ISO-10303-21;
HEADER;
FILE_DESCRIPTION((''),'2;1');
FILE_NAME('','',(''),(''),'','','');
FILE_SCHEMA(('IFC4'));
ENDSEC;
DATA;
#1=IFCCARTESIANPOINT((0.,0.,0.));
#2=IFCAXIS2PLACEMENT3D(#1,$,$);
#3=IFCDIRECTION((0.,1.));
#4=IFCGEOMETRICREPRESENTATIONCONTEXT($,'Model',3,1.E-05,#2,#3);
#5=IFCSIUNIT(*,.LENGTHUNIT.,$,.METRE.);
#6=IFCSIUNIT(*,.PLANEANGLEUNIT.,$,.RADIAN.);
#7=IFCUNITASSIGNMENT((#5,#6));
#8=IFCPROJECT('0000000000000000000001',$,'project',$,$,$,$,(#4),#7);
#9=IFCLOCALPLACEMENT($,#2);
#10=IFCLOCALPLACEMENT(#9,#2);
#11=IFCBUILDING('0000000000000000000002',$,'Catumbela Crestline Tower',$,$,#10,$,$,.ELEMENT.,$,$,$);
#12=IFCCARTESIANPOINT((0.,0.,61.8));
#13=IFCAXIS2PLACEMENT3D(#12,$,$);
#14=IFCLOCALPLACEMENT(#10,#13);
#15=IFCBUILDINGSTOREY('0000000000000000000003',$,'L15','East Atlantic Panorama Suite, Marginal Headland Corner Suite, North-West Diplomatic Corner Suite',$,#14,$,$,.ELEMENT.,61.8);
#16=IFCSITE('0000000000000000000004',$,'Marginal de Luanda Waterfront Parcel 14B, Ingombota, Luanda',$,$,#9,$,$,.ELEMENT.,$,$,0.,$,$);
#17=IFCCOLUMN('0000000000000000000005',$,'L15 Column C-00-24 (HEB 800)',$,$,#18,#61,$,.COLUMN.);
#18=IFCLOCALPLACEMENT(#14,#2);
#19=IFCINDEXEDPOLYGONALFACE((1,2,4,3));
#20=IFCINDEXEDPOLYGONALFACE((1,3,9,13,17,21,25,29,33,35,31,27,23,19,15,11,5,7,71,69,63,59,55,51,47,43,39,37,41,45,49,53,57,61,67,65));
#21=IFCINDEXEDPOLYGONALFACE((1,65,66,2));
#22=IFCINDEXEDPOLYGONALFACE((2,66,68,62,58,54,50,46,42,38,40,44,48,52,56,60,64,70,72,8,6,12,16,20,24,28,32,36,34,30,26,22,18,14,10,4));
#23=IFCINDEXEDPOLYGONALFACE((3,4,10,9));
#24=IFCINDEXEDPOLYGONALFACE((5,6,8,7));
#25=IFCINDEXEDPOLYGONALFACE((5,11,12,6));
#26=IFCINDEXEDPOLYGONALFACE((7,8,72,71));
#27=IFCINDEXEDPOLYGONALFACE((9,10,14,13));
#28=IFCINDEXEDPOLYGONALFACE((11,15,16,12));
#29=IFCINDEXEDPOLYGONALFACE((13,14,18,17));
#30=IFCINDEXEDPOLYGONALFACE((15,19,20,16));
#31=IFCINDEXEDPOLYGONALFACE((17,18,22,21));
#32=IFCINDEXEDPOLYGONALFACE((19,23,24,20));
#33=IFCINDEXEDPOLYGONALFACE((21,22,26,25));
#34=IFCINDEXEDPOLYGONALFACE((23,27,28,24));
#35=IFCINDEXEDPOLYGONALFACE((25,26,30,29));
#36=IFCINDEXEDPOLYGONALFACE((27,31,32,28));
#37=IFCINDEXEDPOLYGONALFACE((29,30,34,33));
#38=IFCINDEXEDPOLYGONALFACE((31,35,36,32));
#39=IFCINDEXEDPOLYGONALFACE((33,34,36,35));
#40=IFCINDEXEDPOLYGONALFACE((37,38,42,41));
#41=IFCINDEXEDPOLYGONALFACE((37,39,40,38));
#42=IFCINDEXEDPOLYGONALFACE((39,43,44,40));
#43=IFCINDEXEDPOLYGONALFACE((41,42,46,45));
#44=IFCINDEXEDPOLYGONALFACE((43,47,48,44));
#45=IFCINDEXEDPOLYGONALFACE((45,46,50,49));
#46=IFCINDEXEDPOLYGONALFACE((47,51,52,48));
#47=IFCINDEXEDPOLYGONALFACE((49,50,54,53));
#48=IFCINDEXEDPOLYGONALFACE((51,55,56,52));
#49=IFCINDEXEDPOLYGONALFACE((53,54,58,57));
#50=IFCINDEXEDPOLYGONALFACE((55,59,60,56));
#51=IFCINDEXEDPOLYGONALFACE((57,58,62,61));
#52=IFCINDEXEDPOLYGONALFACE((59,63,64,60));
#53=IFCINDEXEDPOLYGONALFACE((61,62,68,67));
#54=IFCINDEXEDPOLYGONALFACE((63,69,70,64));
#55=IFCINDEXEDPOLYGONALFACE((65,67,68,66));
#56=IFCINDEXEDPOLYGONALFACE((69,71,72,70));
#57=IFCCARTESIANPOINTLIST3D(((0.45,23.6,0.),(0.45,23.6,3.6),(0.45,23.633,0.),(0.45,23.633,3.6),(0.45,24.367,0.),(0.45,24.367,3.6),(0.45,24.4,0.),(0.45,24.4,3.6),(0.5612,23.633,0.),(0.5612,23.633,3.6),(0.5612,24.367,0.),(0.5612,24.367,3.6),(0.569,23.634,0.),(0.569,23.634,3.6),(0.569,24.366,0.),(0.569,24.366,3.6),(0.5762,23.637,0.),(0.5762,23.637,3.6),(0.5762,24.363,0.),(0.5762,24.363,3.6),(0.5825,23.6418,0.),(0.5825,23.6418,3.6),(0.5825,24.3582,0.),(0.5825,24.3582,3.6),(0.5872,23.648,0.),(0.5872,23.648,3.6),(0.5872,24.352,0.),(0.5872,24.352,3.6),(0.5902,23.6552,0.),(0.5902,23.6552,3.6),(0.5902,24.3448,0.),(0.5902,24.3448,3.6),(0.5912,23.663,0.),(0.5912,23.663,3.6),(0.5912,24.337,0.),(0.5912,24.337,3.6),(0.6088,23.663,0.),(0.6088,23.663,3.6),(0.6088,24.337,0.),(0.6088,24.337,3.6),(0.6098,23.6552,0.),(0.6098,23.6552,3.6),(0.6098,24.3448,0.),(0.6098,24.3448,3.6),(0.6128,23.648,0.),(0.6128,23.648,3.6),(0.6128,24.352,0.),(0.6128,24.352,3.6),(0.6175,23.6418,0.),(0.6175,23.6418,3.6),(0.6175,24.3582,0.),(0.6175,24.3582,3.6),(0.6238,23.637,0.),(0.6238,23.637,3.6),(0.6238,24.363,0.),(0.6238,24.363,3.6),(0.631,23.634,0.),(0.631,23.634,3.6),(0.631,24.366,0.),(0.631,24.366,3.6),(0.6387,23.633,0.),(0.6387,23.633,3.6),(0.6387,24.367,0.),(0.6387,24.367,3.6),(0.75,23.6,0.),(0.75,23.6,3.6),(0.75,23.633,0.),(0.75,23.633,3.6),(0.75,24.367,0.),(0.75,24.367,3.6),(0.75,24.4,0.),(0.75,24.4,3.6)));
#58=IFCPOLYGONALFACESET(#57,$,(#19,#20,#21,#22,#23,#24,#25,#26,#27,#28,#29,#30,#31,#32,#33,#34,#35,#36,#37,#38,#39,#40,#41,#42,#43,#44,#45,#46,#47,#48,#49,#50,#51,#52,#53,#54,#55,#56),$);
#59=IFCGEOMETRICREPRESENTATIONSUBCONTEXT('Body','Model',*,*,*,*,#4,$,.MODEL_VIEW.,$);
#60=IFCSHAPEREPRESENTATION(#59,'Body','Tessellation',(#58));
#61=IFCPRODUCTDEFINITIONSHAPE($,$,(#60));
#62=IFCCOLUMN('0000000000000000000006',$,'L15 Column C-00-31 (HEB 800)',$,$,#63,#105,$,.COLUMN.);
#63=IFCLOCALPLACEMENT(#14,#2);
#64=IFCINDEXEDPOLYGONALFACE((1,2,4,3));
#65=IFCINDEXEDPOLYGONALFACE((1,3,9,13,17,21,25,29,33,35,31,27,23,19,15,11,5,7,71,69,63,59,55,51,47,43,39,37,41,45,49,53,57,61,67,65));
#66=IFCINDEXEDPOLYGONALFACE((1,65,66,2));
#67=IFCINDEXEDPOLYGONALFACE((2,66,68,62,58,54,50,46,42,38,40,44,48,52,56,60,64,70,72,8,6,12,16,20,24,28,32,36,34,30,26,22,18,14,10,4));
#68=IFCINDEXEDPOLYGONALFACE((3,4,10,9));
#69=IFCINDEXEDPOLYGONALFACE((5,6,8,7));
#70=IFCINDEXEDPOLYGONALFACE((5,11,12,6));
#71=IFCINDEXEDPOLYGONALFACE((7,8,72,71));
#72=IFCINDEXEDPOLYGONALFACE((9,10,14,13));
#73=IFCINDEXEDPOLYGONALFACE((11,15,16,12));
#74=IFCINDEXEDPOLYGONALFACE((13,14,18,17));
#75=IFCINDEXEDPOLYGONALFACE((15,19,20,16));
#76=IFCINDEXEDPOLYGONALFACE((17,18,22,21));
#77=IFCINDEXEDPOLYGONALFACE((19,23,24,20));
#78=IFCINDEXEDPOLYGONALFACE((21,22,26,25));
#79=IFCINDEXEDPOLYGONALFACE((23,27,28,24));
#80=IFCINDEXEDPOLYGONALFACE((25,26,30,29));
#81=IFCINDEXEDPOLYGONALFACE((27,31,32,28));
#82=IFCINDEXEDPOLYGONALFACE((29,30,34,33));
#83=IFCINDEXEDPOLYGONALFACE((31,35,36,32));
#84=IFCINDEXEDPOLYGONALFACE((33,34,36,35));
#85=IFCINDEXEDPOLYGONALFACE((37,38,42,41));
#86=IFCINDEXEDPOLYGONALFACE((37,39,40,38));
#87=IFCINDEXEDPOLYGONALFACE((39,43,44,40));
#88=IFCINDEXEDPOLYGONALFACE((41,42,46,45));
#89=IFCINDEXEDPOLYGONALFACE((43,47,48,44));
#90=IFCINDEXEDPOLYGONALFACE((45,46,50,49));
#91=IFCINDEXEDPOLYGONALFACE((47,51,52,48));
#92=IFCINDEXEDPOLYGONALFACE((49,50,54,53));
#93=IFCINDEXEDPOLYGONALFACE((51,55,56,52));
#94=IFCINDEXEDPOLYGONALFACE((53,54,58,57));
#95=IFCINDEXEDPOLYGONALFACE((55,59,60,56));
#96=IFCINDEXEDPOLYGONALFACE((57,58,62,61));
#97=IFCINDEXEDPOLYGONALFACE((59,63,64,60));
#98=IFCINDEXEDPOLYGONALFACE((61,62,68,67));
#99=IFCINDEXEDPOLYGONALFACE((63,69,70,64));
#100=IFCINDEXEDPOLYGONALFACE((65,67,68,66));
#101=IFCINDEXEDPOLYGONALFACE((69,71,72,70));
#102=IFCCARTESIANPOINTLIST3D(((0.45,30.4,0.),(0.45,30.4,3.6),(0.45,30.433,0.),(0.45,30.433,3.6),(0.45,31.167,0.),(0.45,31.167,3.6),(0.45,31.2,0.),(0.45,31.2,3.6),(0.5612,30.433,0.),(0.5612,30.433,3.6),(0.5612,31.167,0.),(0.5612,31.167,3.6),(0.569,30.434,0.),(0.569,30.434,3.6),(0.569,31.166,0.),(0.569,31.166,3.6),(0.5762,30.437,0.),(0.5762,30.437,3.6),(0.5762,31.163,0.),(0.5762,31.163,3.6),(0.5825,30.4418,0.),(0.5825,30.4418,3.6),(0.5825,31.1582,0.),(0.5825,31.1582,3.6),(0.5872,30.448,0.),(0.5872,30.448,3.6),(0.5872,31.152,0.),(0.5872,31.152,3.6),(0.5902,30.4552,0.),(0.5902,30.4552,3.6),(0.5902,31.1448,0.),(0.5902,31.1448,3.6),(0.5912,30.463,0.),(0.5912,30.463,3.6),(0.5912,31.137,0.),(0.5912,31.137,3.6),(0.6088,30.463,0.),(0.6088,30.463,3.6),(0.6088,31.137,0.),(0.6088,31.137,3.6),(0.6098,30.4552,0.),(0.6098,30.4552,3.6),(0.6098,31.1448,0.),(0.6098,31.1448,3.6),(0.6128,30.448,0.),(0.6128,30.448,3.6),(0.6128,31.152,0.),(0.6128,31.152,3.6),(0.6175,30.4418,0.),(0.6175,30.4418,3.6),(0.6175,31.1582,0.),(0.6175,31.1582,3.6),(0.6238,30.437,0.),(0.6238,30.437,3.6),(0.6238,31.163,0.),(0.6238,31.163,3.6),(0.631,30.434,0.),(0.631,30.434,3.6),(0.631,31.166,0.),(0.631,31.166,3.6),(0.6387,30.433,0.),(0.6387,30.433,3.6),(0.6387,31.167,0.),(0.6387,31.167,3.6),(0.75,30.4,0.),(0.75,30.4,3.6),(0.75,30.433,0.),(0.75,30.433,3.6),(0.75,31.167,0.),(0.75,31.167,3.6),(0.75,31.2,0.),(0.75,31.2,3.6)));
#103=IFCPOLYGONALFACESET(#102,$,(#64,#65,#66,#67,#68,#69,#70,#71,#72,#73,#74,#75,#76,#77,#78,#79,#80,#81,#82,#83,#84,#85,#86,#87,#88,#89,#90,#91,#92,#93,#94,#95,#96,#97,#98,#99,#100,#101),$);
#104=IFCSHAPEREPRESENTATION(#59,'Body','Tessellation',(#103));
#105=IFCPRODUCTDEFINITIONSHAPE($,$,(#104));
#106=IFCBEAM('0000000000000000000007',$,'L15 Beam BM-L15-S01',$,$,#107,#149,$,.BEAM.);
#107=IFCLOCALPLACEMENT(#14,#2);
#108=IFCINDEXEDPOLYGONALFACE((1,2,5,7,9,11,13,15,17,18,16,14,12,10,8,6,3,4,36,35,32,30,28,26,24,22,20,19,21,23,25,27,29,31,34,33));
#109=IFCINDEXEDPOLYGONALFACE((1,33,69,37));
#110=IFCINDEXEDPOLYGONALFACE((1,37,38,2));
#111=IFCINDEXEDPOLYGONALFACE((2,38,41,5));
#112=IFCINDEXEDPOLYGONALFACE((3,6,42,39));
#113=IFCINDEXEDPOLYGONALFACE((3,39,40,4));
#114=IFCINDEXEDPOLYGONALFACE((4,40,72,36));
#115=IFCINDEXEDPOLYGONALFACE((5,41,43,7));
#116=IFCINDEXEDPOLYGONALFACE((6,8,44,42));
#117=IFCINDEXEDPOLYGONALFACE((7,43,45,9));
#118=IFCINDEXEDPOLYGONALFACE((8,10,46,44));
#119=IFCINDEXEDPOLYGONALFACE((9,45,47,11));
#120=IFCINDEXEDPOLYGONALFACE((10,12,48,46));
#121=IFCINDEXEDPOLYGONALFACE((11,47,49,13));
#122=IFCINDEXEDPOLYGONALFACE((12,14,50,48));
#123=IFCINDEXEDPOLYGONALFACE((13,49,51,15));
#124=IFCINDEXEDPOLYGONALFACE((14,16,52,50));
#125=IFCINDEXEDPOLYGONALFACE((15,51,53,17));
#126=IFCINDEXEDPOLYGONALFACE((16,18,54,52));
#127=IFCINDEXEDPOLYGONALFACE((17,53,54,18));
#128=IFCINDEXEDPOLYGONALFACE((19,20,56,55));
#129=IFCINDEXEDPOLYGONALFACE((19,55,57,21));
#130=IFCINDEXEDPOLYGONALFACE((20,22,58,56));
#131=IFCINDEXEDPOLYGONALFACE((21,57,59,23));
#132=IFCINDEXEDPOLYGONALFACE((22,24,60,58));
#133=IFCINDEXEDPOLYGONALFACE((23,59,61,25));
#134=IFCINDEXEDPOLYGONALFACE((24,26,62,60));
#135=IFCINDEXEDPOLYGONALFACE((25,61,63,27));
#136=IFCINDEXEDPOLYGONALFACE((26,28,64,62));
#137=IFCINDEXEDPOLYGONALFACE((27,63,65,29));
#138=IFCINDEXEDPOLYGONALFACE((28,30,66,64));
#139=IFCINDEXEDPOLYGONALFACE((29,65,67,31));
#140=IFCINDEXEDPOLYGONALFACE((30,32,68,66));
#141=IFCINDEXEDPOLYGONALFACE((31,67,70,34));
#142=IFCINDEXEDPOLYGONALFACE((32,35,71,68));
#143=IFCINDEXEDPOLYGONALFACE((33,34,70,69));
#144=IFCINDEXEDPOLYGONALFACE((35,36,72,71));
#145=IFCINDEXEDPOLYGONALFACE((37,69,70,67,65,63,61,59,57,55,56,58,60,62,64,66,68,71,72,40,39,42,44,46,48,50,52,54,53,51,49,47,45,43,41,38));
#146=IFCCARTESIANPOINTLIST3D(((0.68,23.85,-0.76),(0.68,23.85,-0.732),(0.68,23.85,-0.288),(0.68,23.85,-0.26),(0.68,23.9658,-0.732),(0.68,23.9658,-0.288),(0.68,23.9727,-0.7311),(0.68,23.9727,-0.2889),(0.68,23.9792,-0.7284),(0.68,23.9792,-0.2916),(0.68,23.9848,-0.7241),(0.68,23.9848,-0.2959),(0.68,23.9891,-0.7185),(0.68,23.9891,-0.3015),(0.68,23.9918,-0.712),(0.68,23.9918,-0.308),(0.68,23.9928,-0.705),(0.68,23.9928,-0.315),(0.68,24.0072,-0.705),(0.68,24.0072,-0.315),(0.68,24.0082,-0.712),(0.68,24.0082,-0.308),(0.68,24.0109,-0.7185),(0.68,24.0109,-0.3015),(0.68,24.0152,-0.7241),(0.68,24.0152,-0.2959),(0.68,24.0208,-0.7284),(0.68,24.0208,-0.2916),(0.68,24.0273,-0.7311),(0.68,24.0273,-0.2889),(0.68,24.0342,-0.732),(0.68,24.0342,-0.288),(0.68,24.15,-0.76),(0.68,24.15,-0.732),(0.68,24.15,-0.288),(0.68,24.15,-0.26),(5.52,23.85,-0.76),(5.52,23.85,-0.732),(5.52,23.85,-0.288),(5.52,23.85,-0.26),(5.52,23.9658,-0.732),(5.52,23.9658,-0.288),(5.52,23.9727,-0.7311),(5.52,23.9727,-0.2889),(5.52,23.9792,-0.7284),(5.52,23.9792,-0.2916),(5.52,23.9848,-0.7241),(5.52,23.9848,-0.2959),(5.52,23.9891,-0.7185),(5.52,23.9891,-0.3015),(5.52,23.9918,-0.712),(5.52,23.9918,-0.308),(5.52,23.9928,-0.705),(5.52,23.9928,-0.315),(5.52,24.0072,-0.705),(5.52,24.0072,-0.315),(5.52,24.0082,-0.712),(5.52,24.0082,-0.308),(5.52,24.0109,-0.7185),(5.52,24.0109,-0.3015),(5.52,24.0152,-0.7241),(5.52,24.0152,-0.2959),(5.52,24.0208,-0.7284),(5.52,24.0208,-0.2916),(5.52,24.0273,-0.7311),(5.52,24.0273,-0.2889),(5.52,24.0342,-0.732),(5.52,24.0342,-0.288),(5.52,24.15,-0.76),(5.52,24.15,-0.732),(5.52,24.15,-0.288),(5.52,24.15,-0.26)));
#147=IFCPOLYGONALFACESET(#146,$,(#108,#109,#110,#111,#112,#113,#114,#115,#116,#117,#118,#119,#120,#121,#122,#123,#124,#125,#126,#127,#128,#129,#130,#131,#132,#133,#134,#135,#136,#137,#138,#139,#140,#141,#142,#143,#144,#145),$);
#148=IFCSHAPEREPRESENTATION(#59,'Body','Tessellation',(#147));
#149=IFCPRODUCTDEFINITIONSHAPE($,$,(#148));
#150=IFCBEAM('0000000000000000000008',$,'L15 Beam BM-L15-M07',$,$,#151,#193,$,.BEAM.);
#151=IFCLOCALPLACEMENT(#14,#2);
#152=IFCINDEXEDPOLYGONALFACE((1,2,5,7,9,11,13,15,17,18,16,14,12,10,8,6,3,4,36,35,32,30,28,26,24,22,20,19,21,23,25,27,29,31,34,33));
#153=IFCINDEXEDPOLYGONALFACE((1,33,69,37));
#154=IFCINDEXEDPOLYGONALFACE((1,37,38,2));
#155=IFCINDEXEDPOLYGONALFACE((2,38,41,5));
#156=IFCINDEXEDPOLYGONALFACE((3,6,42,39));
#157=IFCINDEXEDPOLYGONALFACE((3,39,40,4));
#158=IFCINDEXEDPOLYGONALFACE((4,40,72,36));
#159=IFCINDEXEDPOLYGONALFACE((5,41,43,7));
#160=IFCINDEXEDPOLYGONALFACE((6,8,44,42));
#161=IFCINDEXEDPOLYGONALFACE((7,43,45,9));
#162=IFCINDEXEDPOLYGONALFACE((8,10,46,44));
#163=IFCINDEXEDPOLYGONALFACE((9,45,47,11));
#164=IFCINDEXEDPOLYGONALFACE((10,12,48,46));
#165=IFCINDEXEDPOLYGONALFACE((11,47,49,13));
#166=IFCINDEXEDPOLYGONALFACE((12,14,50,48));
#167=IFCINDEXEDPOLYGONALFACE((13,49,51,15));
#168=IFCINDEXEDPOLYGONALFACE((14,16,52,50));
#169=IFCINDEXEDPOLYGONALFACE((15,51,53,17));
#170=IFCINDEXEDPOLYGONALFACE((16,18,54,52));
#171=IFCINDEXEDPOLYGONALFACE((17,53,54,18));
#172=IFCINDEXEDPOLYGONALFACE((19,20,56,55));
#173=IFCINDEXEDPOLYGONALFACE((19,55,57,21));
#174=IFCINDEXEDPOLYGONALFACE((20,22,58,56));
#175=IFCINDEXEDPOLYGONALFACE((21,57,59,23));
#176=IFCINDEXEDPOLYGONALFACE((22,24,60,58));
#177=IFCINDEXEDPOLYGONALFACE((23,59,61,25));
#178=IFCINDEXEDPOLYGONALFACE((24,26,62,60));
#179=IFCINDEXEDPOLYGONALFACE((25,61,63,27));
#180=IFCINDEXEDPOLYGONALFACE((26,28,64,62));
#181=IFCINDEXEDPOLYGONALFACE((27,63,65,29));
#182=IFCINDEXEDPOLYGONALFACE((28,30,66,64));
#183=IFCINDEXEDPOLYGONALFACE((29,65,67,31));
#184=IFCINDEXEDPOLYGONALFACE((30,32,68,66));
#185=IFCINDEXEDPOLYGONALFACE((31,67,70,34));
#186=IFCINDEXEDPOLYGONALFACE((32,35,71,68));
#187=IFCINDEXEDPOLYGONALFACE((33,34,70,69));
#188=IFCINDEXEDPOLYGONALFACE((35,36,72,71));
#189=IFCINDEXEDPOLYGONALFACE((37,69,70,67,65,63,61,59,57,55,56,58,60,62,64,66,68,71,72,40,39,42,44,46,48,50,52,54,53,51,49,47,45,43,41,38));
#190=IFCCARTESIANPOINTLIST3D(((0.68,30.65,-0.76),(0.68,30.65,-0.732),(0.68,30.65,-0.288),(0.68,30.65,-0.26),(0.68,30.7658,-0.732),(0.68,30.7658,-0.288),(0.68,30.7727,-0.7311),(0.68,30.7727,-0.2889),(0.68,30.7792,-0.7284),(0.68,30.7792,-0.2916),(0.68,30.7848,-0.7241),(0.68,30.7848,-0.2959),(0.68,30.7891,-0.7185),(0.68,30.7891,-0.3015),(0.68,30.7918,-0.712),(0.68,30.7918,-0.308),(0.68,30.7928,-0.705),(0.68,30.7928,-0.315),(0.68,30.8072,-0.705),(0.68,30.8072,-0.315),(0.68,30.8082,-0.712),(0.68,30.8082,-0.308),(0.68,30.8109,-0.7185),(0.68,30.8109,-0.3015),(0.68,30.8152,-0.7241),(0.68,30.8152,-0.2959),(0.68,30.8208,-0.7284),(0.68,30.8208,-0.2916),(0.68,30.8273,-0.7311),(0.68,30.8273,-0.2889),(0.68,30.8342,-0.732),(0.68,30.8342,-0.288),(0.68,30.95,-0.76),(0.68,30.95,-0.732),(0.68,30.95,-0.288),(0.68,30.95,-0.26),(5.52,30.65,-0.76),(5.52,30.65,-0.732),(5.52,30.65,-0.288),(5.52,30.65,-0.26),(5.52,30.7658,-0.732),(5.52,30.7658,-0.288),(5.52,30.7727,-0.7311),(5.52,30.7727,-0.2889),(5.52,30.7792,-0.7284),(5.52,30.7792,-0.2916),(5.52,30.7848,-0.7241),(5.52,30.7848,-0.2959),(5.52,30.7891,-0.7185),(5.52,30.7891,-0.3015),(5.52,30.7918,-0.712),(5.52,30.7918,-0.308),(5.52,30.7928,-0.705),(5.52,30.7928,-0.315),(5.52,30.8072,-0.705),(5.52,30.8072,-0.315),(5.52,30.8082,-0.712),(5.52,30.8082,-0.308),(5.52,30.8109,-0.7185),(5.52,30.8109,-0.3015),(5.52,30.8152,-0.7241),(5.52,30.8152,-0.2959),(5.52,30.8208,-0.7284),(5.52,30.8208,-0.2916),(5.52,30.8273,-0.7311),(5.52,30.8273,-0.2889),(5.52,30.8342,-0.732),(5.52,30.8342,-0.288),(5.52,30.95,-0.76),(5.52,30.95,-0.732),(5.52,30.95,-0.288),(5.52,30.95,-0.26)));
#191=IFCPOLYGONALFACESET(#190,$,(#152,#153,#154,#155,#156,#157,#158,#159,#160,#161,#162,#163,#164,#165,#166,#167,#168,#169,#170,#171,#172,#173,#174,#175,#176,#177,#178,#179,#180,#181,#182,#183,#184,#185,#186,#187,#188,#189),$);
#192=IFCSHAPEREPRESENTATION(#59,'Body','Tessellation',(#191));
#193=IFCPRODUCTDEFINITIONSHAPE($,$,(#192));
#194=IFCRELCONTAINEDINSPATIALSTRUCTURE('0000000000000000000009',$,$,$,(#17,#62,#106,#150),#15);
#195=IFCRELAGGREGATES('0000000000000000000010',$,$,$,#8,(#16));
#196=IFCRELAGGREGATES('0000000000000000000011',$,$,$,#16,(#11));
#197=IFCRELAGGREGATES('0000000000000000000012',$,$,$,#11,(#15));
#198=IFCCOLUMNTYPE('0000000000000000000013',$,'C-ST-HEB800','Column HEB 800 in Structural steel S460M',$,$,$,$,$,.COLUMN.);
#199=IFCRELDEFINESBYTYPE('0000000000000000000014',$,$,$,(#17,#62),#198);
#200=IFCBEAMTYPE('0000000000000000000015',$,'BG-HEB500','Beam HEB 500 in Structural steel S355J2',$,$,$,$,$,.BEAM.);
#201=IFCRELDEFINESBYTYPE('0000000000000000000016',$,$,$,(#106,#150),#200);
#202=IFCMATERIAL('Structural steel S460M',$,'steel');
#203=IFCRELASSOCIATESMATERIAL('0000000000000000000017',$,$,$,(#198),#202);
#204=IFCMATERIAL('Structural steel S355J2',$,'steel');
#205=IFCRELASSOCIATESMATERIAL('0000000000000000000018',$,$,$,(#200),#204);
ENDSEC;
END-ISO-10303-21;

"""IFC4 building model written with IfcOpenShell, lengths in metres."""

from ifc_helpers import new_model, si_unit, direction, frame, origin, origin_2d, place, context, subcontext, project, spatial, i_section, extrude, material, material_profile, profile_set, type_object, element, save


model = new_model("IFC4")

# Units and contexts
model_context = context("Model", 3, precision=1e-05, world=origin(), true_north=direction((0.0, 1.0)))
body_context = subcontext(model_context, "Body", "Model", "MODEL_VIEW")
ifc_project = project(units=[si_unit("LENGTHUNIT", "METRE"), si_unit("PLANEANGLEUNIT", "RADIAN")], contexts=[model_context])

# Site, building, storey
site_placement = place(None, origin())
site = spatial("IfcSite", under=ifc_project, at=site_placement, Name="Marginal de Luanda Waterfront Parcel 14B, Ingombota, Luanda", CompositionType="ELEMENT", RefElevation=0.0)
building_placement = place(site_placement, origin())
building = spatial("IfcBuilding", under=site, at=building_placement, Name="Catumbela Crestline Tower", CompositionType="ELEMENT")
storey_placement = place(building_placement, frame((0.0, 0.0, 61.8)))
storey = spatial("IfcBuildingStorey", under=building, at=storey_placement, Name="L15", Description="East Atlantic Panorama Suite, Marginal Headland Corner Suite, North-West Diplomatic Corner Suite", CompositionType="ELEMENT", Elevation=61.8)

# Columns
ifc_material_1 = material(Name="Structural steel S460M", Category="steel")
ifc_material_profile_1 = material_profile(ifc_material_1, i_section(OverallWidth=0.3, OverallDepth=0.8, WebThickness=0.0175, FlangeThickness=0.033, FilletRadius=0.03, at=origin_2d()), Name="HEB 800")
ifc_profile_set_1 = profile_set([ifc_material_profile_1], Name="Structural steel S460M")
column_type = type_object("IfcColumnType", Name="C-ST-HEB800", Description="Column HEB 800 in Structural steel S460M", PredefinedType="COLUMN", material=ifc_profile_set_1)
for number, where, z_axis, x_axis, name in (
    (1, (0.6, 24.0, 0.0), (0.0, 0.0, 1.0), (1.0, 0.0, 0.0), "L15 Column C-00-24 (HEB 800)"),
    (2, (0.6, 30.8, 0.0), (0.0, 0.0, 1.0), (1.0, 0.0, 0.0), "L15 Column C-00-31 (HEB 800)"),
):
    element("IfcColumn", number, at=place(storey_placement, frame(where, z_axis=z_axis, x_axis=x_axis)), inside=storey, type_object=column_type, Name=name, PredefinedType="COLUMN", context=body_context, shape_type="SweptSolid", body=[
        extrude(i_section(OverallWidth=0.3, OverallDepth=0.8, WebThickness=0.0175, FlangeThickness=0.033, FilletRadius=0.03, at=origin_2d()), origin(), (0.0, 0.0, 1.0), 3.6),
    ])

# Beams
ifc_material_2 = material(Name="Structural steel S355J2", Category="steel")
ifc_material_profile_2 = material_profile(ifc_material_2, i_section(OverallWidth=0.3, OverallDepth=0.5, WebThickness=0.0145, FlangeThickness=0.028, FilletRadius=0.027, at=origin_2d()), Name="HEB 500")
ifc_profile_set_2 = profile_set([ifc_material_profile_2], Name="Structural steel S355J2")
beam_type_1 = type_object("IfcBeamType", Name="BG-HEB500", Description="Beam HEB 500 in Structural steel S355J2", PredefinedType="BEAM", material=ifc_profile_set_2)
for number, where, z_axis, x_axis, name in (
    (3, (0.68, 24.0, -0.51), (1.0, 0.0, 0.0), (0.0, 1.0, 0.0), "L15 Beam BM-L15-S01"),
    (4, (0.68, 30.8, -0.51), (1.0, 0.0, 0.0), (0.0, 1.0, 0.0), "L15 Beam BM-L15-M07"),
):
    element("IfcBeam", number, at=place(storey_placement, frame(where, z_axis=z_axis, x_axis=x_axis)), inside=storey, type_object=beam_type_1, Name=name, PredefinedType="BEAM", context=body_context, shape_type="SweptSolid", body=[
        extrude(i_section(OverallWidth=0.3, OverallDepth=0.5, WebThickness=0.0145, FlangeThickness=0.028, FilletRadius=0.027, at=origin_2d()), origin(), (0.0, 0.0, 1.0), 4.84),
    ])

save(model, "model.ifc")
